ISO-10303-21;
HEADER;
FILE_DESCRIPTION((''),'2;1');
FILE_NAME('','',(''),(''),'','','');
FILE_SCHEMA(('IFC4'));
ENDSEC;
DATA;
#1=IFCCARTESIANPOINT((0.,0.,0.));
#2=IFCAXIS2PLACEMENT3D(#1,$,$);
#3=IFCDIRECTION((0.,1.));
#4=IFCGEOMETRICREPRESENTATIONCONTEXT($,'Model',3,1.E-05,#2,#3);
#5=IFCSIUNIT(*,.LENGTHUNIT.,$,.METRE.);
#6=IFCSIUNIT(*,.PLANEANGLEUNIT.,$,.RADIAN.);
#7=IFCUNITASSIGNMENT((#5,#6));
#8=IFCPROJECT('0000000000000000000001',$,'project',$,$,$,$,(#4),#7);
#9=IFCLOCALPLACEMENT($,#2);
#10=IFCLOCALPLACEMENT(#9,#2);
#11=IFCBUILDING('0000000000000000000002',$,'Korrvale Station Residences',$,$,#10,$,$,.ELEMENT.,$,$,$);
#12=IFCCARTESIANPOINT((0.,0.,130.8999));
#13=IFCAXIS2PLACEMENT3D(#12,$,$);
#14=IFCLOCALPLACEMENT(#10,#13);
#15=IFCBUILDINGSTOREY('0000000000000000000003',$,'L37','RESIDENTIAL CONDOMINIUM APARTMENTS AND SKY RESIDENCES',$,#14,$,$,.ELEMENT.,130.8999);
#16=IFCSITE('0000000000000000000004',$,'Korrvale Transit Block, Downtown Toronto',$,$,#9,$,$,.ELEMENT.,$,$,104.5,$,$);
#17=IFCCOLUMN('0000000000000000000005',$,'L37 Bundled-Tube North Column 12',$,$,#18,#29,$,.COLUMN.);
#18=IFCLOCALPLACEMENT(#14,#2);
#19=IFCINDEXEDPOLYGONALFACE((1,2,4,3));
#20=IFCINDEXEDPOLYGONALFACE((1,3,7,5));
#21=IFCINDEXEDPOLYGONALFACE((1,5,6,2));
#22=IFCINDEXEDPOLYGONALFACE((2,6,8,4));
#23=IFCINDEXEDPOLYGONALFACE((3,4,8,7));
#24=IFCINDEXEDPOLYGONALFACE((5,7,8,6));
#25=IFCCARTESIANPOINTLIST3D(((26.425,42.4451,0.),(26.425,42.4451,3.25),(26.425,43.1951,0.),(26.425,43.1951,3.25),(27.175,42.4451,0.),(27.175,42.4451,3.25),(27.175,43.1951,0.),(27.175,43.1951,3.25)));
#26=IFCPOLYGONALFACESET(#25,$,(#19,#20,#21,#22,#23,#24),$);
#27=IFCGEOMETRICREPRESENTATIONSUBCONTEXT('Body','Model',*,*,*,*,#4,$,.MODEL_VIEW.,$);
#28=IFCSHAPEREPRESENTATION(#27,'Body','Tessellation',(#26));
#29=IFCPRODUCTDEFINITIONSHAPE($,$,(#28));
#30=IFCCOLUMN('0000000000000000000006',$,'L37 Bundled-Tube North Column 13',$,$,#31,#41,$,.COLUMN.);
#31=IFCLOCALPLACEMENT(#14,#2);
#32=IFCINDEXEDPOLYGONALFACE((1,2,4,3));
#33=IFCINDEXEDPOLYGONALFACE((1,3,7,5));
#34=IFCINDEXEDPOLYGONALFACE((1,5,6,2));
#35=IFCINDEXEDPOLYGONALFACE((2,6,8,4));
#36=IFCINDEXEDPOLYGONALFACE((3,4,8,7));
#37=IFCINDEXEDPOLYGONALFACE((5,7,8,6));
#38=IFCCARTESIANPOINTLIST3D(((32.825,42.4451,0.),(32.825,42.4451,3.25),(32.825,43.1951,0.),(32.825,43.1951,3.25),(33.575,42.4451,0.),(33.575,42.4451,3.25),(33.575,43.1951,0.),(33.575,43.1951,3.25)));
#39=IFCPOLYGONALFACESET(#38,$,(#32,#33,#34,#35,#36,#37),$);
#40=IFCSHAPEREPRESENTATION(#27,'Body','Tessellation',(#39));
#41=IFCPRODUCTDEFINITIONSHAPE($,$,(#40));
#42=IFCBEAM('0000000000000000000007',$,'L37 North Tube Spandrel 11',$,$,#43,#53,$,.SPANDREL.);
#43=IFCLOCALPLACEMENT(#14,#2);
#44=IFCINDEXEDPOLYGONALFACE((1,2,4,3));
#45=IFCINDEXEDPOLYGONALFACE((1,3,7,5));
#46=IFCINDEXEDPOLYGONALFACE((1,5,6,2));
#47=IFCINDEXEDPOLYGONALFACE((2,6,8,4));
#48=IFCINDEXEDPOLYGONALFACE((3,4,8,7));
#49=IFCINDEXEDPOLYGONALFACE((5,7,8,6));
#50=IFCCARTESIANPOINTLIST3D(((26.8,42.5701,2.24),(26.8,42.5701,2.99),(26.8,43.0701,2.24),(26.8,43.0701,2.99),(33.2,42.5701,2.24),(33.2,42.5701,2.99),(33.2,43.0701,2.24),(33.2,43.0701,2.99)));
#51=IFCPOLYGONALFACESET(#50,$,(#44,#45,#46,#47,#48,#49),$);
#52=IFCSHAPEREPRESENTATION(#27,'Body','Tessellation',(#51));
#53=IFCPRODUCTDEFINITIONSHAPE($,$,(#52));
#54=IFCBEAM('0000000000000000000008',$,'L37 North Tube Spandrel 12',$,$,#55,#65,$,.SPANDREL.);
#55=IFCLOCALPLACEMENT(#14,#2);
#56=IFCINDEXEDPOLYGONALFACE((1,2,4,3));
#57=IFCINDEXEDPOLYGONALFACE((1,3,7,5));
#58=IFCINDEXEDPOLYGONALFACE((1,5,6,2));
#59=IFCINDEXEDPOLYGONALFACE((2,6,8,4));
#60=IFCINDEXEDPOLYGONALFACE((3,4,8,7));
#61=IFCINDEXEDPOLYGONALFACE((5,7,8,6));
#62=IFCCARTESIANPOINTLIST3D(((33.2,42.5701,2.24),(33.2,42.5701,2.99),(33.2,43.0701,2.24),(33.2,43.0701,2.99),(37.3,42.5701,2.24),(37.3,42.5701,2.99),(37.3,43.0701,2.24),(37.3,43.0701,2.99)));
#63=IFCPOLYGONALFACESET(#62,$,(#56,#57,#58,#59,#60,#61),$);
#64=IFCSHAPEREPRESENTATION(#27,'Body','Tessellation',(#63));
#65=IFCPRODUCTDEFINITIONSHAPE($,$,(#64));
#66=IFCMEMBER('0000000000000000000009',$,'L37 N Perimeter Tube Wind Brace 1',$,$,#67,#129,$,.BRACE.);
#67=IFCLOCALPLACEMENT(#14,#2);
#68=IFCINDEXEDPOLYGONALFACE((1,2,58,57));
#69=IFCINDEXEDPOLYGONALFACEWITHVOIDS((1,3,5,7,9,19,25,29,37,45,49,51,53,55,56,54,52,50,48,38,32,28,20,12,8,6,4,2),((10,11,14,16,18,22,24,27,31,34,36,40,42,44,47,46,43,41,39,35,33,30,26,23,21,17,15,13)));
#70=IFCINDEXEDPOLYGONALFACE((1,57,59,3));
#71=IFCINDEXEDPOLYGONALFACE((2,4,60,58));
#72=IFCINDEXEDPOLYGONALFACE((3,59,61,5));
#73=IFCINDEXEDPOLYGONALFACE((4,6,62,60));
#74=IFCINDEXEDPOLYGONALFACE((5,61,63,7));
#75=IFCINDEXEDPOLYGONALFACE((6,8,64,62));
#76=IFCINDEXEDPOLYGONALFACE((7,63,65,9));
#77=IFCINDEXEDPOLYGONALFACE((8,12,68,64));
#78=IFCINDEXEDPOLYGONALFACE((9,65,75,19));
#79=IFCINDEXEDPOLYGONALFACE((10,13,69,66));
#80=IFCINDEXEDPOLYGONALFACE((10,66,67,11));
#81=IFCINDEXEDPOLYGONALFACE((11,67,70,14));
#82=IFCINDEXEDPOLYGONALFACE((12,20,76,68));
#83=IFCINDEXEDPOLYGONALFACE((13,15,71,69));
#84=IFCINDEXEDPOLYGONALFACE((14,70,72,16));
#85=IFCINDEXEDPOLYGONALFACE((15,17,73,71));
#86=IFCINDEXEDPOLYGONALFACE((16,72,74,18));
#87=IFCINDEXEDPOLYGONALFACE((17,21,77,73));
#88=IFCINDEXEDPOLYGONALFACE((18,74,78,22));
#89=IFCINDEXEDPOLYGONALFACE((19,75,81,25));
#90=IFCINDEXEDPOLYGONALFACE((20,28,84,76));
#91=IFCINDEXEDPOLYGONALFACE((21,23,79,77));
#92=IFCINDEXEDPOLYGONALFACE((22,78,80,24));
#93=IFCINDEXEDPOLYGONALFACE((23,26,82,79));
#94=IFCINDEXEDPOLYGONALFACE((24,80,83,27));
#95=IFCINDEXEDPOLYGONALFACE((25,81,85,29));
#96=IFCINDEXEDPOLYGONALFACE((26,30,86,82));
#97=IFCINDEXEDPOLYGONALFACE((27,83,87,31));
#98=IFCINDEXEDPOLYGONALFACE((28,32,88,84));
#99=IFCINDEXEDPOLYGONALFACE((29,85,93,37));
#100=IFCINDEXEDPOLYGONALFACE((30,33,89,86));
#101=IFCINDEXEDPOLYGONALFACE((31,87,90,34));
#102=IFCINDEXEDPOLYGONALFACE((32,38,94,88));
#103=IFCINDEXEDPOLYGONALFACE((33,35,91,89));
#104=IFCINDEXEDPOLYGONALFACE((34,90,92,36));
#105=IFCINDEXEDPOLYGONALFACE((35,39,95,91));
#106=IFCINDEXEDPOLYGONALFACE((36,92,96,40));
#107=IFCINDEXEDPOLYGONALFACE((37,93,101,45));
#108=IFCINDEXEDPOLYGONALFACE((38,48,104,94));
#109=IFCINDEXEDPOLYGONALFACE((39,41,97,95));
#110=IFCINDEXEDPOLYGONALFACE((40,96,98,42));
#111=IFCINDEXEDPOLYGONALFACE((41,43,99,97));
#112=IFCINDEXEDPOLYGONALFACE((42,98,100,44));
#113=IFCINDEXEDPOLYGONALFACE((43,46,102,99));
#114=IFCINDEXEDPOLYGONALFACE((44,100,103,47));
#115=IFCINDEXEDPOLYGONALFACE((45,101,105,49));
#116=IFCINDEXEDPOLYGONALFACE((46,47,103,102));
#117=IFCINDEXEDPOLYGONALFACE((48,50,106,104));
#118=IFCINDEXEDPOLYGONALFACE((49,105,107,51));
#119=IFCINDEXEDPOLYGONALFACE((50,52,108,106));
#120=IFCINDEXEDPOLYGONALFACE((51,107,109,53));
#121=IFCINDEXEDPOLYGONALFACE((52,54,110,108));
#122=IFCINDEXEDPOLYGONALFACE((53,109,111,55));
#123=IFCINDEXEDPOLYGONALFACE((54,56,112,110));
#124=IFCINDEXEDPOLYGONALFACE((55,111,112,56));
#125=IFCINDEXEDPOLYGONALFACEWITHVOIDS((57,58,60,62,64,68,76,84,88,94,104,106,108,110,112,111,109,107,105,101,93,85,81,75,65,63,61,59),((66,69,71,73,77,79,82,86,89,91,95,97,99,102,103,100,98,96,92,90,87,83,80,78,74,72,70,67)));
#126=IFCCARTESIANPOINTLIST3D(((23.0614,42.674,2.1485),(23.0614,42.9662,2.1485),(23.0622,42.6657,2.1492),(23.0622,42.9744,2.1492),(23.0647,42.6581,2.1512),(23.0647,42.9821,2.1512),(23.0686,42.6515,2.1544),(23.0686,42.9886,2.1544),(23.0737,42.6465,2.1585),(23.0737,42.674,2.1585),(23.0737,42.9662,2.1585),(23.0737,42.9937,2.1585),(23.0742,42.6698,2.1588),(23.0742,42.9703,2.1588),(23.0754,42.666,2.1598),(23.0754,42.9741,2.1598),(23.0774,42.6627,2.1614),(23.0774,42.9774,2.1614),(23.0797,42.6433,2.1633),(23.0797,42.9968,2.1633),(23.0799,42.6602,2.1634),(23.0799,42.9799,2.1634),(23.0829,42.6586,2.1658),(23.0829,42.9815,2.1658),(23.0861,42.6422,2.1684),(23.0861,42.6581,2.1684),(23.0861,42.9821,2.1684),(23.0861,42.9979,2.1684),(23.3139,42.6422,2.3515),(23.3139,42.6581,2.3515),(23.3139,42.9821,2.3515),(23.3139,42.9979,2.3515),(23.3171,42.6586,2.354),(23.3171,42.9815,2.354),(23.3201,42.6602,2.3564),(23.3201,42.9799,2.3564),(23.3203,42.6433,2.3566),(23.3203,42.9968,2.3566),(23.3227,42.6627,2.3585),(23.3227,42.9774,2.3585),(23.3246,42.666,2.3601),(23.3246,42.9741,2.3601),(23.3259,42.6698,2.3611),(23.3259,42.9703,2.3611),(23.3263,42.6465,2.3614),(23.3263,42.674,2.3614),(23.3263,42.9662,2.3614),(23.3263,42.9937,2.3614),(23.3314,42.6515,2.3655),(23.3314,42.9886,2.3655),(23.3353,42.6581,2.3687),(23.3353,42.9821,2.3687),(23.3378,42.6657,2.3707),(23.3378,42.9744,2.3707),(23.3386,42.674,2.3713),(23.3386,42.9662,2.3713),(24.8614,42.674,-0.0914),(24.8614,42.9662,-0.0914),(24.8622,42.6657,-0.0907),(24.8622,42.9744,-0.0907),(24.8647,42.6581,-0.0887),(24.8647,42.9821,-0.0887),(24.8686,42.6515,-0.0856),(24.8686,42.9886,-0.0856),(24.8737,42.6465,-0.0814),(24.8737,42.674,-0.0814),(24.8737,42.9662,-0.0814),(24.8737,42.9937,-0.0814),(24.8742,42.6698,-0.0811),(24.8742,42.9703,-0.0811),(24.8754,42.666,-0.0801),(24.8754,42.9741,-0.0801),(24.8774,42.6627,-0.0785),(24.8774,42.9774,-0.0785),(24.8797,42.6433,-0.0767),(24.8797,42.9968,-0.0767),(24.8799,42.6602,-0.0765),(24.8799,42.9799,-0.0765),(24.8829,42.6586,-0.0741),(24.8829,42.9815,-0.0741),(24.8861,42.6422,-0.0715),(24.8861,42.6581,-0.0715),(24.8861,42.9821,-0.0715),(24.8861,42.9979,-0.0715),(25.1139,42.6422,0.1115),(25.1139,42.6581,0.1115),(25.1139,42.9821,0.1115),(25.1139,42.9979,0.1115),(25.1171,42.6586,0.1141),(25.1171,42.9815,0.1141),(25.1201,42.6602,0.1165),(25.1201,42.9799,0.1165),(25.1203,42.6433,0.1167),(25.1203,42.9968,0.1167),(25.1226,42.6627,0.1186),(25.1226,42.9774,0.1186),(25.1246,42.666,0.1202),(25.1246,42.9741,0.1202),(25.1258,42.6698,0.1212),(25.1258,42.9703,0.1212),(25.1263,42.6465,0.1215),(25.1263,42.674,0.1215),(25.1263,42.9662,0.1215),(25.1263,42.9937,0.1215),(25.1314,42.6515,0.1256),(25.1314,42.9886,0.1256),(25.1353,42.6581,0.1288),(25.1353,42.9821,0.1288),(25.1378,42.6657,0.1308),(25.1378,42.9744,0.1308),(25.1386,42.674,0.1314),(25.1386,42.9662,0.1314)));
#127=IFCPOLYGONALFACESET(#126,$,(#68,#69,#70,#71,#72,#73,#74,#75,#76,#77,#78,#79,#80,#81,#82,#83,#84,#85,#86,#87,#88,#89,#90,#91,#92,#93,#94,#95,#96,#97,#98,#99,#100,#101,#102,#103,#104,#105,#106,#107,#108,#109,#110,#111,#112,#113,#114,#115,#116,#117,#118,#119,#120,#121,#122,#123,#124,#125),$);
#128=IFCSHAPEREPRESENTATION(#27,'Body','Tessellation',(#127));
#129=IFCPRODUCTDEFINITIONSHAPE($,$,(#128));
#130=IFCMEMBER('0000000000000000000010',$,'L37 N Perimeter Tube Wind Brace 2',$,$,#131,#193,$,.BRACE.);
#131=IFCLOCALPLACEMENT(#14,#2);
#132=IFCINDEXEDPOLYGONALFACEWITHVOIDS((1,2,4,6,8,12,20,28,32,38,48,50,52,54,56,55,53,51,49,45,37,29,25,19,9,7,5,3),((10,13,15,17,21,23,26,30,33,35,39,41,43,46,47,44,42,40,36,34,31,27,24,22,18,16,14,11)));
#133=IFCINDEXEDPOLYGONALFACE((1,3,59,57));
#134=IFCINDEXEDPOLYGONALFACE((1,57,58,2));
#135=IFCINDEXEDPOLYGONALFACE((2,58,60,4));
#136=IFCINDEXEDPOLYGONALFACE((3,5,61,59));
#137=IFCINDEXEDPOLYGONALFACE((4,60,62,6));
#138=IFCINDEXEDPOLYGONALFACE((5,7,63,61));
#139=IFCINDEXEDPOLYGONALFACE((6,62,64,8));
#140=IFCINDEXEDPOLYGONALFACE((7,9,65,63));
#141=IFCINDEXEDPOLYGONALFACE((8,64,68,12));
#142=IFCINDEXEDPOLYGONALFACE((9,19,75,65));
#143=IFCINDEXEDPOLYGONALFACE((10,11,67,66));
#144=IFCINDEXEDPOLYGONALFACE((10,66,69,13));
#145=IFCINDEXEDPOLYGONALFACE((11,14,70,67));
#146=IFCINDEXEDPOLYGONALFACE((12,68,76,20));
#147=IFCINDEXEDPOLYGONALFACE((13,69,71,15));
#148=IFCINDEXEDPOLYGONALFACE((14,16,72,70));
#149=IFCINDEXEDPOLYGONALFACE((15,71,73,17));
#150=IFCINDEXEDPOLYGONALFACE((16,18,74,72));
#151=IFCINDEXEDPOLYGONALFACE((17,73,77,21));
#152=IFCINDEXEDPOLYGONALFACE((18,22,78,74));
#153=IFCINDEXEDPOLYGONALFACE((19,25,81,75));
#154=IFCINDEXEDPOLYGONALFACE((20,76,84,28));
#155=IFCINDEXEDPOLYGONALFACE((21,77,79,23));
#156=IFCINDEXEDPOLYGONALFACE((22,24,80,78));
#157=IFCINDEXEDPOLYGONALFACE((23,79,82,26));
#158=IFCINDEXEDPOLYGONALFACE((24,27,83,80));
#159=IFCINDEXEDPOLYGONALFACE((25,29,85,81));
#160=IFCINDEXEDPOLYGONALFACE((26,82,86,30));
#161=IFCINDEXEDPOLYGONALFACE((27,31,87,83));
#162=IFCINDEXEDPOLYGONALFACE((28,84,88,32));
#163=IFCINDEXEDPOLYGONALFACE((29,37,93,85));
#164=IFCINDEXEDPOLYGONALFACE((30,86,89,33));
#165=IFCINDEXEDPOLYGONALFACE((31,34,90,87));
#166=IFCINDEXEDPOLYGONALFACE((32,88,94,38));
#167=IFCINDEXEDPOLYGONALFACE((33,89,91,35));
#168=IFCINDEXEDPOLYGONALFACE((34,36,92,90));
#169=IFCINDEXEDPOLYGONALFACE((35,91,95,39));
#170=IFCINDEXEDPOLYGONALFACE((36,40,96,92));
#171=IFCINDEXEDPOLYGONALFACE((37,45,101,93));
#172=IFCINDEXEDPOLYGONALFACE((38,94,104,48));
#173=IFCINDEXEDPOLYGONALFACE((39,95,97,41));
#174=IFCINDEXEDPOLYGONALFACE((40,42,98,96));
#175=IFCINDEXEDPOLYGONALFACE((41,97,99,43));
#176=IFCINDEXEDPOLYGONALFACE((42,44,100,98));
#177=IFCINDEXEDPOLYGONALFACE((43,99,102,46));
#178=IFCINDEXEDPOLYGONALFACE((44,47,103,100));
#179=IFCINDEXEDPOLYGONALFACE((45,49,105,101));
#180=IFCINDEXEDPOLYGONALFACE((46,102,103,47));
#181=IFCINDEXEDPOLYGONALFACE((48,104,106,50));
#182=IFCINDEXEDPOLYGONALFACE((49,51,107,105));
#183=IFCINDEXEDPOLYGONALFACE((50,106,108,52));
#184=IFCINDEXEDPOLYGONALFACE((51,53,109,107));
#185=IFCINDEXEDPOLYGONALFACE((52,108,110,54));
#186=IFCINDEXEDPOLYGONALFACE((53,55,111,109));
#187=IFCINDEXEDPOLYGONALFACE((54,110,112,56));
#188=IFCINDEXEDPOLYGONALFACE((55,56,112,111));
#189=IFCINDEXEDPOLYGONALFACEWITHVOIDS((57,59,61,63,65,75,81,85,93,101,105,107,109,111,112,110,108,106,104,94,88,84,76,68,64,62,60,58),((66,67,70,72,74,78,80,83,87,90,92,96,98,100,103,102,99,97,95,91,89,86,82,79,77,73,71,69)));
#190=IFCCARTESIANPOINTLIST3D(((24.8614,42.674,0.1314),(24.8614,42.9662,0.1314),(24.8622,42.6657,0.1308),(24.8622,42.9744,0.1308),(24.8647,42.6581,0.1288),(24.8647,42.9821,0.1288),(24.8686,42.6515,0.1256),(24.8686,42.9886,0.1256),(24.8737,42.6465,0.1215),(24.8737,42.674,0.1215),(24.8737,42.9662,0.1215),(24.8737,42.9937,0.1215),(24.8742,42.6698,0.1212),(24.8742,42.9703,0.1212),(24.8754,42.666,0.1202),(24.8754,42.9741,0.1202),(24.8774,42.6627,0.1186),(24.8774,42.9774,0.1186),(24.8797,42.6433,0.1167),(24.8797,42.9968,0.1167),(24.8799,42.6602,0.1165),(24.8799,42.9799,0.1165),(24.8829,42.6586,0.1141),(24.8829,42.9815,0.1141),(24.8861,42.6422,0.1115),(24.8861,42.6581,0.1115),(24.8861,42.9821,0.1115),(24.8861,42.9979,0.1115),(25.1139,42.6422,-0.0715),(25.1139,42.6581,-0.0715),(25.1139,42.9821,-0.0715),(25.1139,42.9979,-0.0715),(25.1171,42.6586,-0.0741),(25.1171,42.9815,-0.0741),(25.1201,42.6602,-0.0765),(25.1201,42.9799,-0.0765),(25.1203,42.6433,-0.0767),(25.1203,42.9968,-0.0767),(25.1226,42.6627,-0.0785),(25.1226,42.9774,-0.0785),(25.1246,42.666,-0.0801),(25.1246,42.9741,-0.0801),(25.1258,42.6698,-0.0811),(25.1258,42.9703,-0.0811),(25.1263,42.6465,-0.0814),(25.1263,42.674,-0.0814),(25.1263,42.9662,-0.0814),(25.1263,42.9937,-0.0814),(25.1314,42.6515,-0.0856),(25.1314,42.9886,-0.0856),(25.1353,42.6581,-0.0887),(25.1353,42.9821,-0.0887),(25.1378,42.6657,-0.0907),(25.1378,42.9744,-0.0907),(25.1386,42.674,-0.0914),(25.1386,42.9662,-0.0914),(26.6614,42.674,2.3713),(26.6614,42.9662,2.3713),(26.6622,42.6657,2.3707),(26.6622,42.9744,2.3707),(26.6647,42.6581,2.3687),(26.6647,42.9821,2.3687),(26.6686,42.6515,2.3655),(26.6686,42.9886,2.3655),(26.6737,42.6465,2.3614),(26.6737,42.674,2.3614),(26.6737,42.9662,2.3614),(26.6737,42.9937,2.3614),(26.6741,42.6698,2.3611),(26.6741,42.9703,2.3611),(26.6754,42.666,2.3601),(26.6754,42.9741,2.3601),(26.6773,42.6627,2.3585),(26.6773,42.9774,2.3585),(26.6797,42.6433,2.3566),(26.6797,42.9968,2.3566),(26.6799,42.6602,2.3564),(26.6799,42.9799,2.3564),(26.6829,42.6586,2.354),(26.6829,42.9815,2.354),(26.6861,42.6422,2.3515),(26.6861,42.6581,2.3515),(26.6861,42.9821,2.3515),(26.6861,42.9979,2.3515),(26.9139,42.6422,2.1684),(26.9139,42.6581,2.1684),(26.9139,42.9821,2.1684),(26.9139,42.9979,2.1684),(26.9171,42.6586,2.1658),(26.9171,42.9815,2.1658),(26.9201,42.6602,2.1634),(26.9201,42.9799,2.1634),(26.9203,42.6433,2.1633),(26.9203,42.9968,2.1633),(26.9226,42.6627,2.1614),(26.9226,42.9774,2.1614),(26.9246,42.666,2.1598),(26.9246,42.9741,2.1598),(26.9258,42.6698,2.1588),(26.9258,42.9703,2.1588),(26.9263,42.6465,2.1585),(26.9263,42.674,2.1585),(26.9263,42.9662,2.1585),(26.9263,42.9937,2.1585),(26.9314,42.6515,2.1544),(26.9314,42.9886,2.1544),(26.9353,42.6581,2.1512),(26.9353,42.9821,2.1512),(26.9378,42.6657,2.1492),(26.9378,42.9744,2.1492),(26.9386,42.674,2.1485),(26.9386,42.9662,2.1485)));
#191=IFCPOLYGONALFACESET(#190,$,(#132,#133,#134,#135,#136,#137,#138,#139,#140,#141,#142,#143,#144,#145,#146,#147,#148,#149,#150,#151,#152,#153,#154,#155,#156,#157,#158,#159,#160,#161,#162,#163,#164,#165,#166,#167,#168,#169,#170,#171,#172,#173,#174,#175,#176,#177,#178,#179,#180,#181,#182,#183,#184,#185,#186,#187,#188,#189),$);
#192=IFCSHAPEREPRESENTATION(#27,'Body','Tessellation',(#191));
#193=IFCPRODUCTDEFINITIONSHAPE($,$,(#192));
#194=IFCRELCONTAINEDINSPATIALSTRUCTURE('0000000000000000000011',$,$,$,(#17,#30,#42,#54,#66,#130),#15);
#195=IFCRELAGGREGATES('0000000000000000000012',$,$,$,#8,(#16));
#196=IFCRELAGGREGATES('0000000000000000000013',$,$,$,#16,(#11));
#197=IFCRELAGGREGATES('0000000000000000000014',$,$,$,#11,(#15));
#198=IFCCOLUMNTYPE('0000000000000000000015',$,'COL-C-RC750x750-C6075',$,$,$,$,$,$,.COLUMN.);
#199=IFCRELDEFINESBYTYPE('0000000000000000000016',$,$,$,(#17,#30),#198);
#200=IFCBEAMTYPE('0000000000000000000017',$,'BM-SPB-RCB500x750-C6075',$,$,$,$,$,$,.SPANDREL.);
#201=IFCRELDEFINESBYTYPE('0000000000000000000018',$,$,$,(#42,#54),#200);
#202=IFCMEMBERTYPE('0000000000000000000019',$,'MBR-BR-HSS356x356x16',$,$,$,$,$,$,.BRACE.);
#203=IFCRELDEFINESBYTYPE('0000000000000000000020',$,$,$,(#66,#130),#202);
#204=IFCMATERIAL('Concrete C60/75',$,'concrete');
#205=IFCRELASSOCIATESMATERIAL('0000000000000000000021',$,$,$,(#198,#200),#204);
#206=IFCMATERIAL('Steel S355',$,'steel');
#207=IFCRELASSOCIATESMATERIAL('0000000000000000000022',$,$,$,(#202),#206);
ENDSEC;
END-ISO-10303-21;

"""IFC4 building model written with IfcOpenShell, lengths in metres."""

from ifc_helpers import new_model, si_unit, direction, frame, origin, origin_2d, place, context, subcontext, project, spatial, rectangle, hollow_rectangle, extrude, material, material_profile, profile_set, type_object, element, save


model = new_model("IFC4")

# Units and contexts
model_context = context("Model", 3, precision=1e-05, world=origin(), true_north=direction((0.0, 1.0)))
body_context = subcontext(model_context, "Body", "Model", "MODEL_VIEW")
ifc_project = project(units=[si_unit("LENGTHUNIT", "METRE"), si_unit("PLANEANGLEUNIT", "RADIAN")], contexts=[model_context])

# Site, building, storey
site_placement = place(None, origin())
site = spatial("IfcSite", under=ifc_project, at=site_placement, Name="Korrvale Transit Block, Downtown Toronto", CompositionType="ELEMENT", RefElevation=104.5)
building_placement = place(site_placement, origin())
building = spatial("IfcBuilding", under=site, at=building_placement, Name="Korrvale Station Residences", CompositionType="ELEMENT")
storey_placement = place(building_placement, frame((0.0, 0.0, 130.8999)))
storey = spatial("IfcBuildingStorey", under=building, at=storey_placement, Name="L37", Description="RESIDENTIAL CONDOMINIUM APARTMENTS AND SKY RESIDENCES", CompositionType="ELEMENT", Elevation=130.8999)

# Columns
ifc_material_1 = material(Name="Concrete C60/75", Category="concrete")
ifc_material_profile_1 = material_profile(ifc_material_1, rectangle(XDim=0.75, YDim=0.75, at=origin_2d()), Name="RC750x750")
ifc_profile_set_1 = profile_set([ifc_material_profile_1], Name="Concrete C60/75")
column_type = type_object("IfcColumnType", Name="COL-C-RC750x750-C6075", PredefinedType="COLUMN", material=ifc_profile_set_1)
for number, where, z_axis, x_axis, name in (
    (1, (26.8, 42.8201, 0.0), (0.0, 0.0, 1.0), (1.0, 0.0, 0.0), "L37 Bundled-Tube North Column 12"),
    (2, (33.2, 42.8201, 0.0), (0.0, 0.0, 1.0), (1.0, 0.0, 0.0), "L37 Bundled-Tube North Column 13"),
):
    element("IfcColumn", number, at=place(storey_placement, frame(where, z_axis=z_axis, x_axis=x_axis)), inside=storey, type_object=column_type, Name=name, PredefinedType="COLUMN", context=body_context, shape_type="SweptSolid", body=[
        extrude(rectangle(XDim=0.75, YDim=0.75, at=origin_2d()), origin(), (0.0, 0.0, 1.0), 3.25),
    ])

# Beams
ifc_material_profile_2 = material_profile(ifc_material_1, rectangle(XDim=0.5, YDim=0.75, at=origin_2d()), Name="RCB500x750")
ifc_profile_set_2 = profile_set([ifc_material_profile_2], Name="Concrete C60/75")
beam_type = type_object("IfcBeamType", Name="BM-SPB-RCB500x750-C6075", PredefinedType="SPANDREL", material=ifc_profile_set_2)
beam_1_placement = place(storey_placement, frame((26.8, 42.8201, 2.615), z_axis=(1.0, 0.0, 0.0), x_axis=(0.0, 1.0, 0.0)))
element("IfcBeam", 3, at=beam_1_placement, inside=storey, type_object=beam_type, Name="L37 North Tube Spandrel 11", PredefinedType="SPANDREL", context=body_context, shape_type="SweptSolid", body=[
    extrude(rectangle(XDim=0.5, YDim=0.75, at=origin_2d()), origin(), (0.0, 0.0, 1.0), 6.3999),
])
beam_2_placement = place(storey_placement, frame((33.2, 42.8201, 2.615), z_axis=(1.0, 0.0, 0.0), x_axis=(0.0, 1.0, 0.0)))
element("IfcBeam", 4, at=beam_2_placement, inside=storey, type_object=beam_type, Name="L37 North Tube Spandrel 12", PredefinedType="SPANDREL", context=body_context, shape_type="SweptSolid", body=[
    extrude(rectangle(XDim=0.5, YDim=0.75, at=origin_2d()), origin(), (0.0, 0.0, 1.0), 4.1001),
])

# Members
ifc_material_2 = material(Name="Steel S355", Category="steel")
ifc_material_profile_3 = material_profile(ifc_material_2, hollow_rectangle(XDim=0.3557, YDim=0.3557, WallThickness=0.0159, InnerFilletRadius=0.0159, OuterFilletRadius=0.0317, at=origin_2d()), Name="HSS356x356x16")
ifc_profile_set_3 = profile_set([ifc_material_profile_3], Name="Steel S355")
member_type = type_object("IfcMemberType", Name="MBR-BR-HSS356x356x16", PredefinedType="BRACE", material=ifc_profile_set_3)
for number, where, z_axis, x_axis, name in (
    (5, (25.0, 42.8201, 0.02), (-0.626403, 0.0, 0.779499), (0.0, -1.0, 0.0), "L37 N Perimeter Tube Wind Brace 1"),
    (6, (25.0, 42.8201, 0.02), (0.626403, 0.0, 0.779499), (0.0, 1.0, 0.0), "L37 N Perimeter Tube Wind Brace 2"),
):
    element("IfcMember", number, at=place(storey_placement, frame(where, z_axis=z_axis, x_axis=x_axis)), inside=storey, type_object=member_type, Name=name, PredefinedType="BRACE", context=body_context, shape_type="SweptSolid", body=[
        extrude(hollow_rectangle(XDim=0.3557, YDim=0.3557, WallThickness=0.0159, InnerFilletRadius=0.0159, OuterFilletRadius=0.0317, at=origin_2d()), origin(), (0.0, 0.0, 1.0), 2.8735),
    ])

save(model, "model.ifc")
